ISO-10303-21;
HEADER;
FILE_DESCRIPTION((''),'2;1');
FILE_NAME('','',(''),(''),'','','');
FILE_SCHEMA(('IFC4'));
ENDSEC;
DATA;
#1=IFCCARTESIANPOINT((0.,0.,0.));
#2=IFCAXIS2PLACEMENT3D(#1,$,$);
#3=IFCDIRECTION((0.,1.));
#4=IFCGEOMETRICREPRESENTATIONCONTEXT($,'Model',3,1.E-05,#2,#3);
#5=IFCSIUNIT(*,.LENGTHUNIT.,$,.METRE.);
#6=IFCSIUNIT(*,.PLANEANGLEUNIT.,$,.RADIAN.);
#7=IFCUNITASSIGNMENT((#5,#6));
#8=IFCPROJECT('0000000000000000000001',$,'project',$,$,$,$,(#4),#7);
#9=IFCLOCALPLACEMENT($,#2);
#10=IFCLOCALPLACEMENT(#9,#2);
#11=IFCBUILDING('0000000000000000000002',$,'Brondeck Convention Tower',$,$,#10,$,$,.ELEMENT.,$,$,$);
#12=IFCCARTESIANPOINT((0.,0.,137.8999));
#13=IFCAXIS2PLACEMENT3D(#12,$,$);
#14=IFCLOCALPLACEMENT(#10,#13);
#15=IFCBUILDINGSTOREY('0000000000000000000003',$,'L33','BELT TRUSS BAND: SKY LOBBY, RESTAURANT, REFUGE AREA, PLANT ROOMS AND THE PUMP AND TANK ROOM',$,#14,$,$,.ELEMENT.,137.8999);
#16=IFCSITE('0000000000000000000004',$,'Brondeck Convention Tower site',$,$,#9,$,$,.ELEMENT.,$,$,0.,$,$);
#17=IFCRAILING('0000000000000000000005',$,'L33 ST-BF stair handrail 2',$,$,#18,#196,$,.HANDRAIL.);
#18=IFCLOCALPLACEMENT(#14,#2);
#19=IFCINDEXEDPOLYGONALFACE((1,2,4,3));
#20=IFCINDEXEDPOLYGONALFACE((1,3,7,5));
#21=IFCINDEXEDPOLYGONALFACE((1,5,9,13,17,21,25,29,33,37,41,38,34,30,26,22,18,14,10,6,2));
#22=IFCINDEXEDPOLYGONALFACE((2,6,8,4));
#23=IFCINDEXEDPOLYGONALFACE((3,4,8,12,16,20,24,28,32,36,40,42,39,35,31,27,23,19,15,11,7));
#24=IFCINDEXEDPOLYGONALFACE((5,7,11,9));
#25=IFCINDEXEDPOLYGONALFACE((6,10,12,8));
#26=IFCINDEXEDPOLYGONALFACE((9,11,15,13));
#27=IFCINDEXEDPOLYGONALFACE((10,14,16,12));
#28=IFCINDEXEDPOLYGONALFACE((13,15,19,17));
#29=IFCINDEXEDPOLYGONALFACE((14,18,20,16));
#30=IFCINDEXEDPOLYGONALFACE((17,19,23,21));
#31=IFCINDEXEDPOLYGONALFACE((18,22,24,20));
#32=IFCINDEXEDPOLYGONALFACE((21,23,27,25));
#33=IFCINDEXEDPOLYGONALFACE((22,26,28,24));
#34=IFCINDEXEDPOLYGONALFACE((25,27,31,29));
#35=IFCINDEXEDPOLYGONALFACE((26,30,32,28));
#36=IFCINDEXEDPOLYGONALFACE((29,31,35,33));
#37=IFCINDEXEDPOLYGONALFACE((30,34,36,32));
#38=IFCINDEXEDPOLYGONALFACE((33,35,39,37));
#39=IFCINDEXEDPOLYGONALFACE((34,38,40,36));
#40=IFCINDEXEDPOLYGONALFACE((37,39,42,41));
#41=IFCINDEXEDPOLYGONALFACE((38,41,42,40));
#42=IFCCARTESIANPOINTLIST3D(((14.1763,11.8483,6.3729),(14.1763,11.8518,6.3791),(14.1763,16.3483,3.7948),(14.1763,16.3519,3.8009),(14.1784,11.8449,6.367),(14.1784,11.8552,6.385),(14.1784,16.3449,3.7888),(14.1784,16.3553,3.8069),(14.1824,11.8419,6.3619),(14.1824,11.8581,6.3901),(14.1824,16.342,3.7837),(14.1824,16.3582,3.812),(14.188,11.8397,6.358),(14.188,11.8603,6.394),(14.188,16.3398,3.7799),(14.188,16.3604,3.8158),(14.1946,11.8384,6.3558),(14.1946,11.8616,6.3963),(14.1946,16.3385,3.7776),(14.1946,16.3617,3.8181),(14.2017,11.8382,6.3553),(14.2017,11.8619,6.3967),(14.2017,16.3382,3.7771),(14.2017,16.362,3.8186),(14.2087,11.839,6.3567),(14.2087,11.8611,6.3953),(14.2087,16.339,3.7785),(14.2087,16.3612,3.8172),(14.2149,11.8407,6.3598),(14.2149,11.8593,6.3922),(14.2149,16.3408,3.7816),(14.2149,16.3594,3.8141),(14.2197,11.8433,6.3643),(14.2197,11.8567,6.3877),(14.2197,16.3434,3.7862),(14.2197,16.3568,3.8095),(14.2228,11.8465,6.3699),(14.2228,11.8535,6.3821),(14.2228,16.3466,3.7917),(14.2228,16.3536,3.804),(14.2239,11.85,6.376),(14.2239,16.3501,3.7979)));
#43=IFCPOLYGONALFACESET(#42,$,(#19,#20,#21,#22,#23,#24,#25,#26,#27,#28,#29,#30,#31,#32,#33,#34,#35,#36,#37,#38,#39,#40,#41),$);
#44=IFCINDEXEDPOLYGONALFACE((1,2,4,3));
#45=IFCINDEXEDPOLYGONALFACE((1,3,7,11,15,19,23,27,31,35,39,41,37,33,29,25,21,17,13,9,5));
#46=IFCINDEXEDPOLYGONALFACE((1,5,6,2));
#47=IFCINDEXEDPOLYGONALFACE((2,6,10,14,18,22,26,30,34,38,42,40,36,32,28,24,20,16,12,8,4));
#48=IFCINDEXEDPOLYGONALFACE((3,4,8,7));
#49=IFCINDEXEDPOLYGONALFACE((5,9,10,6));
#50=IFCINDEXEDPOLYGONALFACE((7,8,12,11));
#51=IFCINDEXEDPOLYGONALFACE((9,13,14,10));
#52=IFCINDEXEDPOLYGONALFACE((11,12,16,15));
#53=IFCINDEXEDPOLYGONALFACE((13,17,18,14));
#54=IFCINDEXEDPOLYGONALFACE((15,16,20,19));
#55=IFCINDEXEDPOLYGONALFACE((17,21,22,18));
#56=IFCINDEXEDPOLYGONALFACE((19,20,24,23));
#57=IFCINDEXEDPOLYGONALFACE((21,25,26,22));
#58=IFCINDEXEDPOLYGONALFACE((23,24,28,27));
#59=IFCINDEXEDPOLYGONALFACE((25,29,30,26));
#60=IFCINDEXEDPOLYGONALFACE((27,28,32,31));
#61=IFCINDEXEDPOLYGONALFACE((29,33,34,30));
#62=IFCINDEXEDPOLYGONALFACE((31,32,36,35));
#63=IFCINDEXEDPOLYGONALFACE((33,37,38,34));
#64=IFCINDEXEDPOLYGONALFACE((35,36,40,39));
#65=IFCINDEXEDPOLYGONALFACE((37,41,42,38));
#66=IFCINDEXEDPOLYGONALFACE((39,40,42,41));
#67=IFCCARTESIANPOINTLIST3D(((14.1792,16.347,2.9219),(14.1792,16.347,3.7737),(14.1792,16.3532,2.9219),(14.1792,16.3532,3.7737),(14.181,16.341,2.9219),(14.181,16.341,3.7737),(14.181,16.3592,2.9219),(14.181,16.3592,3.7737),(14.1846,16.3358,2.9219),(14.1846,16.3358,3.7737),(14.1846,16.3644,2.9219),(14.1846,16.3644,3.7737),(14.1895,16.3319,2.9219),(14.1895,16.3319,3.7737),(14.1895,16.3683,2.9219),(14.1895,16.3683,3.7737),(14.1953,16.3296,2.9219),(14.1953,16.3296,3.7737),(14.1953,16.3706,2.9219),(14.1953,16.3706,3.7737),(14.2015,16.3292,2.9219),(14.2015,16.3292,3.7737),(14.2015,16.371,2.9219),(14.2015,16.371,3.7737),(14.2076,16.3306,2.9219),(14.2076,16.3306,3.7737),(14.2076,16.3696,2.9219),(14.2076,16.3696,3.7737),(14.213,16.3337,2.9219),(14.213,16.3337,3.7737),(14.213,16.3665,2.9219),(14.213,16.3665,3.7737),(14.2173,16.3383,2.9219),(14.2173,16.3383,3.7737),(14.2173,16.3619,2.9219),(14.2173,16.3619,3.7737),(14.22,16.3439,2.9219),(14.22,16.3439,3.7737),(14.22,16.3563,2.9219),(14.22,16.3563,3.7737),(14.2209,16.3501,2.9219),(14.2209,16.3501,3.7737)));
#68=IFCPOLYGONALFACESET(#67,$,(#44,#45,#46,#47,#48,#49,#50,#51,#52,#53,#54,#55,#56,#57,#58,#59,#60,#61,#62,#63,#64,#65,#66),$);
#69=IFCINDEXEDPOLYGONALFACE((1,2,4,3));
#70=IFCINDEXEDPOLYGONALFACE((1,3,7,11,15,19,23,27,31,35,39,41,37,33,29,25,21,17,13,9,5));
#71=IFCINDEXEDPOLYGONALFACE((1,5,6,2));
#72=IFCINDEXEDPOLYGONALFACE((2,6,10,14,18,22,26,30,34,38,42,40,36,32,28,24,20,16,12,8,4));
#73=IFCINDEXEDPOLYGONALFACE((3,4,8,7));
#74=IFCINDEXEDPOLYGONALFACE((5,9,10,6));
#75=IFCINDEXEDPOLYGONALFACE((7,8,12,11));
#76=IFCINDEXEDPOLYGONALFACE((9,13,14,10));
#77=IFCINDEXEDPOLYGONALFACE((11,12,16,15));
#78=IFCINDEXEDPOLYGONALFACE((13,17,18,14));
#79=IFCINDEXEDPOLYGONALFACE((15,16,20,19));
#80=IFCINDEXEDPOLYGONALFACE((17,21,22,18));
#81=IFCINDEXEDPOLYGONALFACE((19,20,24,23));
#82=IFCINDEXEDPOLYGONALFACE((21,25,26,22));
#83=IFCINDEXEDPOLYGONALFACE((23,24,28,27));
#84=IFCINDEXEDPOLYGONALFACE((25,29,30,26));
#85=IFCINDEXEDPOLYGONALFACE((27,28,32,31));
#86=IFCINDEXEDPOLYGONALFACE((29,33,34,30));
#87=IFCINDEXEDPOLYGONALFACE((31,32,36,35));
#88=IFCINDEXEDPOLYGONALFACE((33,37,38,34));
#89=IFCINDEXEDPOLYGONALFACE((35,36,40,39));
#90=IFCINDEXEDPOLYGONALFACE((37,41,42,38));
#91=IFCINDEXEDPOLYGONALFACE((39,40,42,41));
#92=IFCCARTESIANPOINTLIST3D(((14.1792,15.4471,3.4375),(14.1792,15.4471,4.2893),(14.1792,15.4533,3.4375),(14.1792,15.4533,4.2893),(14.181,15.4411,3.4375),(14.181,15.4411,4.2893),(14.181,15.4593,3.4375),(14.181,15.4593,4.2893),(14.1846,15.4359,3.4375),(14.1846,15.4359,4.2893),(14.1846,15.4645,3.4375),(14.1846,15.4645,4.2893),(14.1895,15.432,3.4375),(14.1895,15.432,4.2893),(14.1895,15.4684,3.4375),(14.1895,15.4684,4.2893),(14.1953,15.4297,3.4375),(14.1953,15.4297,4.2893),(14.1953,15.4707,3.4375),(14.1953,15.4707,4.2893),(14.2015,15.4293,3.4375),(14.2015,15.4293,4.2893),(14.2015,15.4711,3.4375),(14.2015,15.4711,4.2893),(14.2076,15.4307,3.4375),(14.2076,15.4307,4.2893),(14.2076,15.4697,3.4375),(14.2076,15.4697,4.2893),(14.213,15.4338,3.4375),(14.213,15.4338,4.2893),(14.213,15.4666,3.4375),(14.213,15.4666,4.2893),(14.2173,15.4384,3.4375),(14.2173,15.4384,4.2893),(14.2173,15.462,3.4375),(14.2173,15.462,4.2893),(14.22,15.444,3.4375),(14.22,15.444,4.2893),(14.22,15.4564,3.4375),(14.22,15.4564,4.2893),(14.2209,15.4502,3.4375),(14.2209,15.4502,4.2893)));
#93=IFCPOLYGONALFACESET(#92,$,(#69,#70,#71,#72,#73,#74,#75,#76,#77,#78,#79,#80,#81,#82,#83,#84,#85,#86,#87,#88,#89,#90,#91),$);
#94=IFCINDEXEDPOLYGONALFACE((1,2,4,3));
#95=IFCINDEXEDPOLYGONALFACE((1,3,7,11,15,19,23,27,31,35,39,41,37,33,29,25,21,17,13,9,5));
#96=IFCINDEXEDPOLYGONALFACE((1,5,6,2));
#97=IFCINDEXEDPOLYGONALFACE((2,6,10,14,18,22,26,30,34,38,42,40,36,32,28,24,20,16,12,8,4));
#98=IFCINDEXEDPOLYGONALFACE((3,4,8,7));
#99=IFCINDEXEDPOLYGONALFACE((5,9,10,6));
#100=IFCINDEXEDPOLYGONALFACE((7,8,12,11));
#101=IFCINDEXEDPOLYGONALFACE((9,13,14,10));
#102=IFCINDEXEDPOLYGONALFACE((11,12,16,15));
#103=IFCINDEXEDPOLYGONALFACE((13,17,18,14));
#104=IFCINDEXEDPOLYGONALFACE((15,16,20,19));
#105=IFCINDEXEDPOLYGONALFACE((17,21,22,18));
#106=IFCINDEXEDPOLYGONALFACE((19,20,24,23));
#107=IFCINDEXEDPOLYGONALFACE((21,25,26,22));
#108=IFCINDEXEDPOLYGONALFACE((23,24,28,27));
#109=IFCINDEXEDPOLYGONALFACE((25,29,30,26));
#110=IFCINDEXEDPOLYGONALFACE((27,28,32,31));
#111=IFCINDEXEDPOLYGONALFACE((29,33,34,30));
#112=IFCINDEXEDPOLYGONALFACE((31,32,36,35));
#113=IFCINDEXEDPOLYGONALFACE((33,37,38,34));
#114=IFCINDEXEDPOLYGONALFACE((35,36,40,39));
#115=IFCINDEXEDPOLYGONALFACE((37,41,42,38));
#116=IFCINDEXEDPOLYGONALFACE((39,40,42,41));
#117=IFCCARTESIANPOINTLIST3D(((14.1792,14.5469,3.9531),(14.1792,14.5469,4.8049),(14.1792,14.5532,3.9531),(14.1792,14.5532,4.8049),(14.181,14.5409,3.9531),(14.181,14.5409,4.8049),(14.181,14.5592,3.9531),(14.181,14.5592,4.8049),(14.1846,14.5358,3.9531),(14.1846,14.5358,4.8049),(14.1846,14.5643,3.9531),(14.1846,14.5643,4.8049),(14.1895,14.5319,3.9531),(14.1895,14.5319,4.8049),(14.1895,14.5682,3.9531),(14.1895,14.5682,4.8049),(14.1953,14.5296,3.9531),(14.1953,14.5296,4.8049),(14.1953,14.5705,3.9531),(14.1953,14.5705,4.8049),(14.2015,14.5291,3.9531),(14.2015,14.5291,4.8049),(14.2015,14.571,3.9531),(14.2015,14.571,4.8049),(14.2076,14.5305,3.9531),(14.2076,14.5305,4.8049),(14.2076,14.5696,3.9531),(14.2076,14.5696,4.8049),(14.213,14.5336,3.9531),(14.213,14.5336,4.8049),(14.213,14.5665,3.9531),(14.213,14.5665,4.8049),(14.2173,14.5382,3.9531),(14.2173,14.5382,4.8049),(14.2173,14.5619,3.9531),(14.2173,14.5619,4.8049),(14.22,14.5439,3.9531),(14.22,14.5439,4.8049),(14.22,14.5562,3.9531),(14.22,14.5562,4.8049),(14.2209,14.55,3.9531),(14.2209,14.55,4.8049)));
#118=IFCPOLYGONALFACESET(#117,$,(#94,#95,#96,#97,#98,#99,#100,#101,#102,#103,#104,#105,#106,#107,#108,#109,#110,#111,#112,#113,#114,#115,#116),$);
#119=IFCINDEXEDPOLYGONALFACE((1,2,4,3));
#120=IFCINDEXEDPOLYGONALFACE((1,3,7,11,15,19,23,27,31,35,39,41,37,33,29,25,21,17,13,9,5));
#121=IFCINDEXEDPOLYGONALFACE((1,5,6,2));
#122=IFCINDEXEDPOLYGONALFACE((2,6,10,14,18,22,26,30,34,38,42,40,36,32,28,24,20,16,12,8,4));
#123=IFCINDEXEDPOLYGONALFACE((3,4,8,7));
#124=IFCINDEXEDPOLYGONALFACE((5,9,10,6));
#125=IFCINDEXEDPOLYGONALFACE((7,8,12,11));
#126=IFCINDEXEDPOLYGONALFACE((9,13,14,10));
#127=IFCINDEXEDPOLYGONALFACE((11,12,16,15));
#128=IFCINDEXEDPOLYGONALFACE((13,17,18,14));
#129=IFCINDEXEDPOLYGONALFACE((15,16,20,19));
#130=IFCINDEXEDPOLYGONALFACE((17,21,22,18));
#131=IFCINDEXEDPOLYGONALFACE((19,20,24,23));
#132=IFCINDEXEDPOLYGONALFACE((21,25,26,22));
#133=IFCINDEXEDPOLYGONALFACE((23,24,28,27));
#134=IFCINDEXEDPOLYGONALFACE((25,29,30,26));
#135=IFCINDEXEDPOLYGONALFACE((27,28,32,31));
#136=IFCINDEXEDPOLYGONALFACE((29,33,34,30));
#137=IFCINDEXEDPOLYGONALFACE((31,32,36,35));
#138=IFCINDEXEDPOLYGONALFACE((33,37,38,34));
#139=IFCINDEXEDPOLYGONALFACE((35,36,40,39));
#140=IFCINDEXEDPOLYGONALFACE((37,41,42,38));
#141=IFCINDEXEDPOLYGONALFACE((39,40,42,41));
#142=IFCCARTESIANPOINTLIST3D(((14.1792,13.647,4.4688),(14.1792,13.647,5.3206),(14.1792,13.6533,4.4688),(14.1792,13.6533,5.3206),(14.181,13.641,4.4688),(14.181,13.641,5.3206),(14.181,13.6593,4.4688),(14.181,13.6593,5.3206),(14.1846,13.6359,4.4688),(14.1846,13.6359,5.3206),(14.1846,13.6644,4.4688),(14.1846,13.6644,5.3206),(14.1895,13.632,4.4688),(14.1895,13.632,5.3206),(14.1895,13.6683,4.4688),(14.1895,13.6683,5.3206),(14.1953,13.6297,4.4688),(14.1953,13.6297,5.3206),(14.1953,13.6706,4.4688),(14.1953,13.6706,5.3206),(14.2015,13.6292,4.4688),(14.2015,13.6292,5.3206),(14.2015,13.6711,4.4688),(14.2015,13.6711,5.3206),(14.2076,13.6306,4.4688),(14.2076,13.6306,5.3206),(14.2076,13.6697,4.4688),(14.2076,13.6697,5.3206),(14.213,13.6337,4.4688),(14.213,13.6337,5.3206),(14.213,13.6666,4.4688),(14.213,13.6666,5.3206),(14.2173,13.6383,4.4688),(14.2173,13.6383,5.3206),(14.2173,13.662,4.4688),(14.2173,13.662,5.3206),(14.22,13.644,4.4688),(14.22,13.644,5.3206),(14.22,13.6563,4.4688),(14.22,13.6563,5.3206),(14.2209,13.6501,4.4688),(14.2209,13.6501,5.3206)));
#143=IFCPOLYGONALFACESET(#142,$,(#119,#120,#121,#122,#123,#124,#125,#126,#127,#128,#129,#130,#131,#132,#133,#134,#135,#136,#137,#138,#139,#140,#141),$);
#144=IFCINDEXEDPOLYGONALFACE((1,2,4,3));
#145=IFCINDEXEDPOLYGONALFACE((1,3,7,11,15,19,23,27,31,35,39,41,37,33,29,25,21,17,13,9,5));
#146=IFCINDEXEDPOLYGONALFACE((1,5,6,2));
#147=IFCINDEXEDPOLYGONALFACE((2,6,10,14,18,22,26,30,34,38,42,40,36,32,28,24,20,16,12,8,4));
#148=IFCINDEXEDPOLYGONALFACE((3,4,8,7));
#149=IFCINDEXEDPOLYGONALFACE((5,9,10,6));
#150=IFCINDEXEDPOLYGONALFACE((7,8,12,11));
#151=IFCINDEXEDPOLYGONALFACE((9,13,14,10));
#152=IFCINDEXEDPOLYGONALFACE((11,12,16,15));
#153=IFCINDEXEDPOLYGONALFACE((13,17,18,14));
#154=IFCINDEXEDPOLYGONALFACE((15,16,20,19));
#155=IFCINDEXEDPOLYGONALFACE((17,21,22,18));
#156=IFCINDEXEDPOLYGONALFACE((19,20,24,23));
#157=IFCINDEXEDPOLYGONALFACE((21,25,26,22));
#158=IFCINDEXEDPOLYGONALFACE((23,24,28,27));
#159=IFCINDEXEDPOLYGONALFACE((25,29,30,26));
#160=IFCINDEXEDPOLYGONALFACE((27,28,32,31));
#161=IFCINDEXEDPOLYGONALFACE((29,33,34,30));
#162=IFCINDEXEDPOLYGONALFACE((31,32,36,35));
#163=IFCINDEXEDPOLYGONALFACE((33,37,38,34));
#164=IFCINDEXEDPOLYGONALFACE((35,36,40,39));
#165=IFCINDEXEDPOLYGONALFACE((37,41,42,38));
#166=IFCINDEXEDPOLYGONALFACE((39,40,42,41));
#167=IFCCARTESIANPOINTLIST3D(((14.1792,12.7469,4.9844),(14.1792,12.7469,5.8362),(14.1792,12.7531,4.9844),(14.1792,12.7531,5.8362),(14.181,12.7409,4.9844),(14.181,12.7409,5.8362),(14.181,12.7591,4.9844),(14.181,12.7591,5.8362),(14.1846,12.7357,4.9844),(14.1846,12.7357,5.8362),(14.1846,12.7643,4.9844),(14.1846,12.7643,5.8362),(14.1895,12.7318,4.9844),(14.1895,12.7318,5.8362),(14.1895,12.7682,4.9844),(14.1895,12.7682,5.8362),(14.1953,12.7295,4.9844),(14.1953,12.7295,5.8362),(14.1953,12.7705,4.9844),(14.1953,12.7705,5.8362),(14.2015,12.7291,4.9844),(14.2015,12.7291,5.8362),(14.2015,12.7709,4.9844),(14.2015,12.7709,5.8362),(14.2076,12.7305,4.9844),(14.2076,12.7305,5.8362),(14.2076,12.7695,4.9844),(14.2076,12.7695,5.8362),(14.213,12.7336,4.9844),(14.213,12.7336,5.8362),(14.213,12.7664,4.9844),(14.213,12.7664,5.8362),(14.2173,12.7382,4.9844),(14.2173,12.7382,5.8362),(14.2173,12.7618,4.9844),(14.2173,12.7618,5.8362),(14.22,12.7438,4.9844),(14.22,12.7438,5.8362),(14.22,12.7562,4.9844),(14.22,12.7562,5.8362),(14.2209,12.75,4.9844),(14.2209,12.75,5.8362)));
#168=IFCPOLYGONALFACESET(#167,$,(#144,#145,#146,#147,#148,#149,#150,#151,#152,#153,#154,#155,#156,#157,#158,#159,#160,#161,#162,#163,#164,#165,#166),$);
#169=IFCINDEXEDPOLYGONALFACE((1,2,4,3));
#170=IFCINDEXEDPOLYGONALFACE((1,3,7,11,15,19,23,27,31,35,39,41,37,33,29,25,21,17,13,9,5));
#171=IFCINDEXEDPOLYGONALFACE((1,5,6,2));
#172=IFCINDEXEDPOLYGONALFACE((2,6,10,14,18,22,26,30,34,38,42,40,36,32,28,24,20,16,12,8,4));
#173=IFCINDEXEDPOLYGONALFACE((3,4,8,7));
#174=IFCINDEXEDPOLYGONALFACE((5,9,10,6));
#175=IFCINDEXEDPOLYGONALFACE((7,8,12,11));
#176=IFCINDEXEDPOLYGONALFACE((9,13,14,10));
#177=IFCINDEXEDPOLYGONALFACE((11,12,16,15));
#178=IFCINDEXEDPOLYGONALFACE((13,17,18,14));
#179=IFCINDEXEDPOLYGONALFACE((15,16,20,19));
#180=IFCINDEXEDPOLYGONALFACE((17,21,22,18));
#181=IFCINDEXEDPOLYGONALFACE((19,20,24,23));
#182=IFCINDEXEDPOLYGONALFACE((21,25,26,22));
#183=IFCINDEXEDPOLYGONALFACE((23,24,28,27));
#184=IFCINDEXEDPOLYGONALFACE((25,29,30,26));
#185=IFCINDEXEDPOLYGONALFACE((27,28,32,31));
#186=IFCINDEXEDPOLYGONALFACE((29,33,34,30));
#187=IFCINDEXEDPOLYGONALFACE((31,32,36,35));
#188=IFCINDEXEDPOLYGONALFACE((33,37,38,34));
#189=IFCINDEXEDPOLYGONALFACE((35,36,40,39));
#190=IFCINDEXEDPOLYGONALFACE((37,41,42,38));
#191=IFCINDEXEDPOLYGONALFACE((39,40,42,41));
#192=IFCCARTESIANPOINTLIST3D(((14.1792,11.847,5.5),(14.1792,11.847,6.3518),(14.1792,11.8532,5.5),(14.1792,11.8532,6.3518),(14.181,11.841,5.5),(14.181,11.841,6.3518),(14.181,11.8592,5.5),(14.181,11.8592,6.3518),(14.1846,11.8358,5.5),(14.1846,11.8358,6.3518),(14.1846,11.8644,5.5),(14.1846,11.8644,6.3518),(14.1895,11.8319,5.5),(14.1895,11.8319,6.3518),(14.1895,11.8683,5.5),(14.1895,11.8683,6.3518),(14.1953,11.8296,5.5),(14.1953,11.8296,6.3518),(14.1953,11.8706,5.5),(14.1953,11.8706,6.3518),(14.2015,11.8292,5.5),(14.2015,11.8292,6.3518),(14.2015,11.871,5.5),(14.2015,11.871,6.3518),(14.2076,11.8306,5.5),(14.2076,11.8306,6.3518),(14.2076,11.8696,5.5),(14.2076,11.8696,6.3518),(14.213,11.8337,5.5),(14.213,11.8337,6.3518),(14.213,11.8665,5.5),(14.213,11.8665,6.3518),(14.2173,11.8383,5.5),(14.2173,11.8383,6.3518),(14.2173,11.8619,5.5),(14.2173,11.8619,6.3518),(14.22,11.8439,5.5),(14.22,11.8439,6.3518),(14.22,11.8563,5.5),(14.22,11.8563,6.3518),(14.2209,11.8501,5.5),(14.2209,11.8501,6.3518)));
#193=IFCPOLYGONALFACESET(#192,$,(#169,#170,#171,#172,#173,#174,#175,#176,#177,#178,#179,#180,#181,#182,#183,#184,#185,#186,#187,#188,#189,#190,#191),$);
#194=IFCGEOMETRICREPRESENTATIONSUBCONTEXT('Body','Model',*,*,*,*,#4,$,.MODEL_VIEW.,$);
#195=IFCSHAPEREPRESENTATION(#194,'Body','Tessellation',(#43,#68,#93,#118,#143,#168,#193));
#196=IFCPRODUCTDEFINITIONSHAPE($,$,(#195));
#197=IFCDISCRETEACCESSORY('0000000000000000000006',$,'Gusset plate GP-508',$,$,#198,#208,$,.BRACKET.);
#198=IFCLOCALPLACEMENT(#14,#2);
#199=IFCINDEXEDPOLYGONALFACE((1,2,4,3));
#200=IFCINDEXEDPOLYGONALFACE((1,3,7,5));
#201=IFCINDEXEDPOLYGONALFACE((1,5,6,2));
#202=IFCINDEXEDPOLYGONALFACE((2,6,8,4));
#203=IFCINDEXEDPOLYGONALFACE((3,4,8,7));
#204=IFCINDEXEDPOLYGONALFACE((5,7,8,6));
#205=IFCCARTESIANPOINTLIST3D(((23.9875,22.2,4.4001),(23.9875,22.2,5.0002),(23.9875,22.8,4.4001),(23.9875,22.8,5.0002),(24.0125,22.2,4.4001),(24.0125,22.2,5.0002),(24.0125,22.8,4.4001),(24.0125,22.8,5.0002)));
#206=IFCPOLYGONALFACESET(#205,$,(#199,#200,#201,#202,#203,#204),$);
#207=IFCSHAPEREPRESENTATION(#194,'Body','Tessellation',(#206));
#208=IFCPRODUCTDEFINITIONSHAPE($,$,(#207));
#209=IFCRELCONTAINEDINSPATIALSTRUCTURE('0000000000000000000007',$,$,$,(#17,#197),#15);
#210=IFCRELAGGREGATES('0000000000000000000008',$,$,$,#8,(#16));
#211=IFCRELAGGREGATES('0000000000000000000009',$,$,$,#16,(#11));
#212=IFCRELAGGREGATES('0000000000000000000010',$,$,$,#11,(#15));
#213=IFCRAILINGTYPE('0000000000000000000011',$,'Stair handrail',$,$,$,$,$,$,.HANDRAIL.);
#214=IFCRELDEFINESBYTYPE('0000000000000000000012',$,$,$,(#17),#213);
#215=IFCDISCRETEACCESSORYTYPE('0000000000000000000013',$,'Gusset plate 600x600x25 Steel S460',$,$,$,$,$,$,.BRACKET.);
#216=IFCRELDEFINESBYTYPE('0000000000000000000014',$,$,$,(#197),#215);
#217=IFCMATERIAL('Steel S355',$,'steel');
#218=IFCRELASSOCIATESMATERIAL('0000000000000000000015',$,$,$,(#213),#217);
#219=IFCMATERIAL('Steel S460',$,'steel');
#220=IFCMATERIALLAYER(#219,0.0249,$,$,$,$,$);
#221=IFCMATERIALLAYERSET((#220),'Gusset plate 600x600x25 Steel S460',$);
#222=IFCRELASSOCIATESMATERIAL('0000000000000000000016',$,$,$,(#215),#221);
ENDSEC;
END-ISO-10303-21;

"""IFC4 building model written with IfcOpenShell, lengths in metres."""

from ifc_helpers import new_model, si_unit, direction, frame, origin, origin_2d, place, context, subcontext, project, spatial, rectangle, circle, extrude, material, layer, layer_set, type_object, element, save


model = new_model("IFC4")

# Units and contexts
model_context = context("Model", 3, precision=1e-05, world=origin(), true_north=direction((0.0, 1.0)))
body_context = subcontext(model_context, "Body", "Model", "MODEL_VIEW")
ifc_project = project(units=[si_unit("LENGTHUNIT", "METRE"), si_unit("PLANEANGLEUNIT", "RADIAN")], contexts=[model_context])

# Site, building, storey
site_placement = place(None, origin())
site = spatial("IfcSite", under=ifc_project, at=site_placement, Name="Brondeck Convention Tower site", CompositionType="ELEMENT", RefElevation=0.0)
building_placement = place(site_placement, origin())
building = spatial("IfcBuilding", under=site, at=building_placement, Name="Brondeck Convention Tower", CompositionType="ELEMENT")
storey_placement = place(building_placement, frame((0.0, 0.0, 137.8999)))
storey = spatial("IfcBuildingStorey", under=building, at=storey_placement, Name="L33", Description="BELT TRUSS BAND: SKY LOBBY, RESTAURANT, REFUGE AREA, PLANT ROOMS AND THE PUMP AND TANK ROOM", CompositionType="ELEMENT", Elevation=137.8999)

# Shared definitions
ifc_material_1 = material(Name="Steel S355", Category="steel")

# Shared definitions
ifc_material_2 = material(Name="Steel S460", Category="steel")

# Railing
railing_type_1 = type_object("IfcRailingType", Name="Stair handrail", PredefinedType="HANDRAIL", material=ifc_material_1)
railing_1_placement = place(storey_placement, frame((14.2, 16.3501, 2.9219)))
element("IfcRailing", 1, at=railing_1_placement, inside=storey, type_object=railing_type_1, Name="L33 ST-BF stair handrail 2", PredefinedType="HANDRAIL", context=body_context, shape_type="SweptSolid", body=[
    extrude(circle(Radius=0.0239, at=origin_2d()), frame((0.0, 0.0, 0.876), z_axis=(0.0, -0.867686, 0.497112), x_axis=(1.0, 0.0, 0.0)), (0.0, 0.0, 1.0), 5.1863),
    extrude(circle(Radius=0.021, at=origin_2d()), origin(), (0.0, 0.0, 1.0), 0.8518),
    extrude(circle(Radius=0.021, at=origin_2d()), frame((0.0, -0.8999, 0.5156)), (0.0, 0.0, 1.0), 0.8518),
    extrude(circle(Radius=0.021, at=origin_2d()), frame((0.0, -1.8, 1.0312)), (0.0, 0.0, 1.0), 0.8518),
    extrude(circle(Radius=0.021, at=origin_2d()), frame((0.0, -2.7, 1.5469)), (0.0, 0.0, 1.0), 0.8518),
    extrude(circle(Radius=0.021, at=origin_2d()), frame((0.0, -3.6001, 2.0625)), (0.0, 0.0, 1.0), 0.8518),
    extrude(circle(Radius=0.021, at=origin_2d()), frame((0.0, -4.5, 2.5781)), (0.0, 0.0, 1.0), 0.8518),
])

# Discrete accessory
ifc_layer_1 = layer(ifc_material_2, 0.0249)
ifc_layer_set_1 = layer_set([ifc_layer_1], Name="Gusset plate 600x600x25 Steel S460")
discrete_accessory_type = type_object("IfcDiscreteAccessoryType", Name="Gusset plate 600x600x25 Steel S460", PredefinedType="BRACKET", material=ifc_layer_set_1)
for number, where, z_axis, x_axis, name in (
    (2, (24.0, 22.5, 4.4001), (0.0, 0.0, 1.0), (0.0, 1.0, 0.0), "Gusset plate GP-508"),
):
    element("IfcDiscreteAccessory", number, at=place(storey_placement, frame(where, z_axis=z_axis, x_axis=x_axis)), inside=storey, type_object=discrete_accessory_type, Name=name, PredefinedType="BRACKET", context=body_context, shape_type="SweptSolid", body=[
        extrude(rectangle(XDim=0.6001, YDim=0.0249, at=origin_2d()), origin(), (0.0, 0.0, 1.0), 0.6001),
    ])

save(model, "model.ifc")
